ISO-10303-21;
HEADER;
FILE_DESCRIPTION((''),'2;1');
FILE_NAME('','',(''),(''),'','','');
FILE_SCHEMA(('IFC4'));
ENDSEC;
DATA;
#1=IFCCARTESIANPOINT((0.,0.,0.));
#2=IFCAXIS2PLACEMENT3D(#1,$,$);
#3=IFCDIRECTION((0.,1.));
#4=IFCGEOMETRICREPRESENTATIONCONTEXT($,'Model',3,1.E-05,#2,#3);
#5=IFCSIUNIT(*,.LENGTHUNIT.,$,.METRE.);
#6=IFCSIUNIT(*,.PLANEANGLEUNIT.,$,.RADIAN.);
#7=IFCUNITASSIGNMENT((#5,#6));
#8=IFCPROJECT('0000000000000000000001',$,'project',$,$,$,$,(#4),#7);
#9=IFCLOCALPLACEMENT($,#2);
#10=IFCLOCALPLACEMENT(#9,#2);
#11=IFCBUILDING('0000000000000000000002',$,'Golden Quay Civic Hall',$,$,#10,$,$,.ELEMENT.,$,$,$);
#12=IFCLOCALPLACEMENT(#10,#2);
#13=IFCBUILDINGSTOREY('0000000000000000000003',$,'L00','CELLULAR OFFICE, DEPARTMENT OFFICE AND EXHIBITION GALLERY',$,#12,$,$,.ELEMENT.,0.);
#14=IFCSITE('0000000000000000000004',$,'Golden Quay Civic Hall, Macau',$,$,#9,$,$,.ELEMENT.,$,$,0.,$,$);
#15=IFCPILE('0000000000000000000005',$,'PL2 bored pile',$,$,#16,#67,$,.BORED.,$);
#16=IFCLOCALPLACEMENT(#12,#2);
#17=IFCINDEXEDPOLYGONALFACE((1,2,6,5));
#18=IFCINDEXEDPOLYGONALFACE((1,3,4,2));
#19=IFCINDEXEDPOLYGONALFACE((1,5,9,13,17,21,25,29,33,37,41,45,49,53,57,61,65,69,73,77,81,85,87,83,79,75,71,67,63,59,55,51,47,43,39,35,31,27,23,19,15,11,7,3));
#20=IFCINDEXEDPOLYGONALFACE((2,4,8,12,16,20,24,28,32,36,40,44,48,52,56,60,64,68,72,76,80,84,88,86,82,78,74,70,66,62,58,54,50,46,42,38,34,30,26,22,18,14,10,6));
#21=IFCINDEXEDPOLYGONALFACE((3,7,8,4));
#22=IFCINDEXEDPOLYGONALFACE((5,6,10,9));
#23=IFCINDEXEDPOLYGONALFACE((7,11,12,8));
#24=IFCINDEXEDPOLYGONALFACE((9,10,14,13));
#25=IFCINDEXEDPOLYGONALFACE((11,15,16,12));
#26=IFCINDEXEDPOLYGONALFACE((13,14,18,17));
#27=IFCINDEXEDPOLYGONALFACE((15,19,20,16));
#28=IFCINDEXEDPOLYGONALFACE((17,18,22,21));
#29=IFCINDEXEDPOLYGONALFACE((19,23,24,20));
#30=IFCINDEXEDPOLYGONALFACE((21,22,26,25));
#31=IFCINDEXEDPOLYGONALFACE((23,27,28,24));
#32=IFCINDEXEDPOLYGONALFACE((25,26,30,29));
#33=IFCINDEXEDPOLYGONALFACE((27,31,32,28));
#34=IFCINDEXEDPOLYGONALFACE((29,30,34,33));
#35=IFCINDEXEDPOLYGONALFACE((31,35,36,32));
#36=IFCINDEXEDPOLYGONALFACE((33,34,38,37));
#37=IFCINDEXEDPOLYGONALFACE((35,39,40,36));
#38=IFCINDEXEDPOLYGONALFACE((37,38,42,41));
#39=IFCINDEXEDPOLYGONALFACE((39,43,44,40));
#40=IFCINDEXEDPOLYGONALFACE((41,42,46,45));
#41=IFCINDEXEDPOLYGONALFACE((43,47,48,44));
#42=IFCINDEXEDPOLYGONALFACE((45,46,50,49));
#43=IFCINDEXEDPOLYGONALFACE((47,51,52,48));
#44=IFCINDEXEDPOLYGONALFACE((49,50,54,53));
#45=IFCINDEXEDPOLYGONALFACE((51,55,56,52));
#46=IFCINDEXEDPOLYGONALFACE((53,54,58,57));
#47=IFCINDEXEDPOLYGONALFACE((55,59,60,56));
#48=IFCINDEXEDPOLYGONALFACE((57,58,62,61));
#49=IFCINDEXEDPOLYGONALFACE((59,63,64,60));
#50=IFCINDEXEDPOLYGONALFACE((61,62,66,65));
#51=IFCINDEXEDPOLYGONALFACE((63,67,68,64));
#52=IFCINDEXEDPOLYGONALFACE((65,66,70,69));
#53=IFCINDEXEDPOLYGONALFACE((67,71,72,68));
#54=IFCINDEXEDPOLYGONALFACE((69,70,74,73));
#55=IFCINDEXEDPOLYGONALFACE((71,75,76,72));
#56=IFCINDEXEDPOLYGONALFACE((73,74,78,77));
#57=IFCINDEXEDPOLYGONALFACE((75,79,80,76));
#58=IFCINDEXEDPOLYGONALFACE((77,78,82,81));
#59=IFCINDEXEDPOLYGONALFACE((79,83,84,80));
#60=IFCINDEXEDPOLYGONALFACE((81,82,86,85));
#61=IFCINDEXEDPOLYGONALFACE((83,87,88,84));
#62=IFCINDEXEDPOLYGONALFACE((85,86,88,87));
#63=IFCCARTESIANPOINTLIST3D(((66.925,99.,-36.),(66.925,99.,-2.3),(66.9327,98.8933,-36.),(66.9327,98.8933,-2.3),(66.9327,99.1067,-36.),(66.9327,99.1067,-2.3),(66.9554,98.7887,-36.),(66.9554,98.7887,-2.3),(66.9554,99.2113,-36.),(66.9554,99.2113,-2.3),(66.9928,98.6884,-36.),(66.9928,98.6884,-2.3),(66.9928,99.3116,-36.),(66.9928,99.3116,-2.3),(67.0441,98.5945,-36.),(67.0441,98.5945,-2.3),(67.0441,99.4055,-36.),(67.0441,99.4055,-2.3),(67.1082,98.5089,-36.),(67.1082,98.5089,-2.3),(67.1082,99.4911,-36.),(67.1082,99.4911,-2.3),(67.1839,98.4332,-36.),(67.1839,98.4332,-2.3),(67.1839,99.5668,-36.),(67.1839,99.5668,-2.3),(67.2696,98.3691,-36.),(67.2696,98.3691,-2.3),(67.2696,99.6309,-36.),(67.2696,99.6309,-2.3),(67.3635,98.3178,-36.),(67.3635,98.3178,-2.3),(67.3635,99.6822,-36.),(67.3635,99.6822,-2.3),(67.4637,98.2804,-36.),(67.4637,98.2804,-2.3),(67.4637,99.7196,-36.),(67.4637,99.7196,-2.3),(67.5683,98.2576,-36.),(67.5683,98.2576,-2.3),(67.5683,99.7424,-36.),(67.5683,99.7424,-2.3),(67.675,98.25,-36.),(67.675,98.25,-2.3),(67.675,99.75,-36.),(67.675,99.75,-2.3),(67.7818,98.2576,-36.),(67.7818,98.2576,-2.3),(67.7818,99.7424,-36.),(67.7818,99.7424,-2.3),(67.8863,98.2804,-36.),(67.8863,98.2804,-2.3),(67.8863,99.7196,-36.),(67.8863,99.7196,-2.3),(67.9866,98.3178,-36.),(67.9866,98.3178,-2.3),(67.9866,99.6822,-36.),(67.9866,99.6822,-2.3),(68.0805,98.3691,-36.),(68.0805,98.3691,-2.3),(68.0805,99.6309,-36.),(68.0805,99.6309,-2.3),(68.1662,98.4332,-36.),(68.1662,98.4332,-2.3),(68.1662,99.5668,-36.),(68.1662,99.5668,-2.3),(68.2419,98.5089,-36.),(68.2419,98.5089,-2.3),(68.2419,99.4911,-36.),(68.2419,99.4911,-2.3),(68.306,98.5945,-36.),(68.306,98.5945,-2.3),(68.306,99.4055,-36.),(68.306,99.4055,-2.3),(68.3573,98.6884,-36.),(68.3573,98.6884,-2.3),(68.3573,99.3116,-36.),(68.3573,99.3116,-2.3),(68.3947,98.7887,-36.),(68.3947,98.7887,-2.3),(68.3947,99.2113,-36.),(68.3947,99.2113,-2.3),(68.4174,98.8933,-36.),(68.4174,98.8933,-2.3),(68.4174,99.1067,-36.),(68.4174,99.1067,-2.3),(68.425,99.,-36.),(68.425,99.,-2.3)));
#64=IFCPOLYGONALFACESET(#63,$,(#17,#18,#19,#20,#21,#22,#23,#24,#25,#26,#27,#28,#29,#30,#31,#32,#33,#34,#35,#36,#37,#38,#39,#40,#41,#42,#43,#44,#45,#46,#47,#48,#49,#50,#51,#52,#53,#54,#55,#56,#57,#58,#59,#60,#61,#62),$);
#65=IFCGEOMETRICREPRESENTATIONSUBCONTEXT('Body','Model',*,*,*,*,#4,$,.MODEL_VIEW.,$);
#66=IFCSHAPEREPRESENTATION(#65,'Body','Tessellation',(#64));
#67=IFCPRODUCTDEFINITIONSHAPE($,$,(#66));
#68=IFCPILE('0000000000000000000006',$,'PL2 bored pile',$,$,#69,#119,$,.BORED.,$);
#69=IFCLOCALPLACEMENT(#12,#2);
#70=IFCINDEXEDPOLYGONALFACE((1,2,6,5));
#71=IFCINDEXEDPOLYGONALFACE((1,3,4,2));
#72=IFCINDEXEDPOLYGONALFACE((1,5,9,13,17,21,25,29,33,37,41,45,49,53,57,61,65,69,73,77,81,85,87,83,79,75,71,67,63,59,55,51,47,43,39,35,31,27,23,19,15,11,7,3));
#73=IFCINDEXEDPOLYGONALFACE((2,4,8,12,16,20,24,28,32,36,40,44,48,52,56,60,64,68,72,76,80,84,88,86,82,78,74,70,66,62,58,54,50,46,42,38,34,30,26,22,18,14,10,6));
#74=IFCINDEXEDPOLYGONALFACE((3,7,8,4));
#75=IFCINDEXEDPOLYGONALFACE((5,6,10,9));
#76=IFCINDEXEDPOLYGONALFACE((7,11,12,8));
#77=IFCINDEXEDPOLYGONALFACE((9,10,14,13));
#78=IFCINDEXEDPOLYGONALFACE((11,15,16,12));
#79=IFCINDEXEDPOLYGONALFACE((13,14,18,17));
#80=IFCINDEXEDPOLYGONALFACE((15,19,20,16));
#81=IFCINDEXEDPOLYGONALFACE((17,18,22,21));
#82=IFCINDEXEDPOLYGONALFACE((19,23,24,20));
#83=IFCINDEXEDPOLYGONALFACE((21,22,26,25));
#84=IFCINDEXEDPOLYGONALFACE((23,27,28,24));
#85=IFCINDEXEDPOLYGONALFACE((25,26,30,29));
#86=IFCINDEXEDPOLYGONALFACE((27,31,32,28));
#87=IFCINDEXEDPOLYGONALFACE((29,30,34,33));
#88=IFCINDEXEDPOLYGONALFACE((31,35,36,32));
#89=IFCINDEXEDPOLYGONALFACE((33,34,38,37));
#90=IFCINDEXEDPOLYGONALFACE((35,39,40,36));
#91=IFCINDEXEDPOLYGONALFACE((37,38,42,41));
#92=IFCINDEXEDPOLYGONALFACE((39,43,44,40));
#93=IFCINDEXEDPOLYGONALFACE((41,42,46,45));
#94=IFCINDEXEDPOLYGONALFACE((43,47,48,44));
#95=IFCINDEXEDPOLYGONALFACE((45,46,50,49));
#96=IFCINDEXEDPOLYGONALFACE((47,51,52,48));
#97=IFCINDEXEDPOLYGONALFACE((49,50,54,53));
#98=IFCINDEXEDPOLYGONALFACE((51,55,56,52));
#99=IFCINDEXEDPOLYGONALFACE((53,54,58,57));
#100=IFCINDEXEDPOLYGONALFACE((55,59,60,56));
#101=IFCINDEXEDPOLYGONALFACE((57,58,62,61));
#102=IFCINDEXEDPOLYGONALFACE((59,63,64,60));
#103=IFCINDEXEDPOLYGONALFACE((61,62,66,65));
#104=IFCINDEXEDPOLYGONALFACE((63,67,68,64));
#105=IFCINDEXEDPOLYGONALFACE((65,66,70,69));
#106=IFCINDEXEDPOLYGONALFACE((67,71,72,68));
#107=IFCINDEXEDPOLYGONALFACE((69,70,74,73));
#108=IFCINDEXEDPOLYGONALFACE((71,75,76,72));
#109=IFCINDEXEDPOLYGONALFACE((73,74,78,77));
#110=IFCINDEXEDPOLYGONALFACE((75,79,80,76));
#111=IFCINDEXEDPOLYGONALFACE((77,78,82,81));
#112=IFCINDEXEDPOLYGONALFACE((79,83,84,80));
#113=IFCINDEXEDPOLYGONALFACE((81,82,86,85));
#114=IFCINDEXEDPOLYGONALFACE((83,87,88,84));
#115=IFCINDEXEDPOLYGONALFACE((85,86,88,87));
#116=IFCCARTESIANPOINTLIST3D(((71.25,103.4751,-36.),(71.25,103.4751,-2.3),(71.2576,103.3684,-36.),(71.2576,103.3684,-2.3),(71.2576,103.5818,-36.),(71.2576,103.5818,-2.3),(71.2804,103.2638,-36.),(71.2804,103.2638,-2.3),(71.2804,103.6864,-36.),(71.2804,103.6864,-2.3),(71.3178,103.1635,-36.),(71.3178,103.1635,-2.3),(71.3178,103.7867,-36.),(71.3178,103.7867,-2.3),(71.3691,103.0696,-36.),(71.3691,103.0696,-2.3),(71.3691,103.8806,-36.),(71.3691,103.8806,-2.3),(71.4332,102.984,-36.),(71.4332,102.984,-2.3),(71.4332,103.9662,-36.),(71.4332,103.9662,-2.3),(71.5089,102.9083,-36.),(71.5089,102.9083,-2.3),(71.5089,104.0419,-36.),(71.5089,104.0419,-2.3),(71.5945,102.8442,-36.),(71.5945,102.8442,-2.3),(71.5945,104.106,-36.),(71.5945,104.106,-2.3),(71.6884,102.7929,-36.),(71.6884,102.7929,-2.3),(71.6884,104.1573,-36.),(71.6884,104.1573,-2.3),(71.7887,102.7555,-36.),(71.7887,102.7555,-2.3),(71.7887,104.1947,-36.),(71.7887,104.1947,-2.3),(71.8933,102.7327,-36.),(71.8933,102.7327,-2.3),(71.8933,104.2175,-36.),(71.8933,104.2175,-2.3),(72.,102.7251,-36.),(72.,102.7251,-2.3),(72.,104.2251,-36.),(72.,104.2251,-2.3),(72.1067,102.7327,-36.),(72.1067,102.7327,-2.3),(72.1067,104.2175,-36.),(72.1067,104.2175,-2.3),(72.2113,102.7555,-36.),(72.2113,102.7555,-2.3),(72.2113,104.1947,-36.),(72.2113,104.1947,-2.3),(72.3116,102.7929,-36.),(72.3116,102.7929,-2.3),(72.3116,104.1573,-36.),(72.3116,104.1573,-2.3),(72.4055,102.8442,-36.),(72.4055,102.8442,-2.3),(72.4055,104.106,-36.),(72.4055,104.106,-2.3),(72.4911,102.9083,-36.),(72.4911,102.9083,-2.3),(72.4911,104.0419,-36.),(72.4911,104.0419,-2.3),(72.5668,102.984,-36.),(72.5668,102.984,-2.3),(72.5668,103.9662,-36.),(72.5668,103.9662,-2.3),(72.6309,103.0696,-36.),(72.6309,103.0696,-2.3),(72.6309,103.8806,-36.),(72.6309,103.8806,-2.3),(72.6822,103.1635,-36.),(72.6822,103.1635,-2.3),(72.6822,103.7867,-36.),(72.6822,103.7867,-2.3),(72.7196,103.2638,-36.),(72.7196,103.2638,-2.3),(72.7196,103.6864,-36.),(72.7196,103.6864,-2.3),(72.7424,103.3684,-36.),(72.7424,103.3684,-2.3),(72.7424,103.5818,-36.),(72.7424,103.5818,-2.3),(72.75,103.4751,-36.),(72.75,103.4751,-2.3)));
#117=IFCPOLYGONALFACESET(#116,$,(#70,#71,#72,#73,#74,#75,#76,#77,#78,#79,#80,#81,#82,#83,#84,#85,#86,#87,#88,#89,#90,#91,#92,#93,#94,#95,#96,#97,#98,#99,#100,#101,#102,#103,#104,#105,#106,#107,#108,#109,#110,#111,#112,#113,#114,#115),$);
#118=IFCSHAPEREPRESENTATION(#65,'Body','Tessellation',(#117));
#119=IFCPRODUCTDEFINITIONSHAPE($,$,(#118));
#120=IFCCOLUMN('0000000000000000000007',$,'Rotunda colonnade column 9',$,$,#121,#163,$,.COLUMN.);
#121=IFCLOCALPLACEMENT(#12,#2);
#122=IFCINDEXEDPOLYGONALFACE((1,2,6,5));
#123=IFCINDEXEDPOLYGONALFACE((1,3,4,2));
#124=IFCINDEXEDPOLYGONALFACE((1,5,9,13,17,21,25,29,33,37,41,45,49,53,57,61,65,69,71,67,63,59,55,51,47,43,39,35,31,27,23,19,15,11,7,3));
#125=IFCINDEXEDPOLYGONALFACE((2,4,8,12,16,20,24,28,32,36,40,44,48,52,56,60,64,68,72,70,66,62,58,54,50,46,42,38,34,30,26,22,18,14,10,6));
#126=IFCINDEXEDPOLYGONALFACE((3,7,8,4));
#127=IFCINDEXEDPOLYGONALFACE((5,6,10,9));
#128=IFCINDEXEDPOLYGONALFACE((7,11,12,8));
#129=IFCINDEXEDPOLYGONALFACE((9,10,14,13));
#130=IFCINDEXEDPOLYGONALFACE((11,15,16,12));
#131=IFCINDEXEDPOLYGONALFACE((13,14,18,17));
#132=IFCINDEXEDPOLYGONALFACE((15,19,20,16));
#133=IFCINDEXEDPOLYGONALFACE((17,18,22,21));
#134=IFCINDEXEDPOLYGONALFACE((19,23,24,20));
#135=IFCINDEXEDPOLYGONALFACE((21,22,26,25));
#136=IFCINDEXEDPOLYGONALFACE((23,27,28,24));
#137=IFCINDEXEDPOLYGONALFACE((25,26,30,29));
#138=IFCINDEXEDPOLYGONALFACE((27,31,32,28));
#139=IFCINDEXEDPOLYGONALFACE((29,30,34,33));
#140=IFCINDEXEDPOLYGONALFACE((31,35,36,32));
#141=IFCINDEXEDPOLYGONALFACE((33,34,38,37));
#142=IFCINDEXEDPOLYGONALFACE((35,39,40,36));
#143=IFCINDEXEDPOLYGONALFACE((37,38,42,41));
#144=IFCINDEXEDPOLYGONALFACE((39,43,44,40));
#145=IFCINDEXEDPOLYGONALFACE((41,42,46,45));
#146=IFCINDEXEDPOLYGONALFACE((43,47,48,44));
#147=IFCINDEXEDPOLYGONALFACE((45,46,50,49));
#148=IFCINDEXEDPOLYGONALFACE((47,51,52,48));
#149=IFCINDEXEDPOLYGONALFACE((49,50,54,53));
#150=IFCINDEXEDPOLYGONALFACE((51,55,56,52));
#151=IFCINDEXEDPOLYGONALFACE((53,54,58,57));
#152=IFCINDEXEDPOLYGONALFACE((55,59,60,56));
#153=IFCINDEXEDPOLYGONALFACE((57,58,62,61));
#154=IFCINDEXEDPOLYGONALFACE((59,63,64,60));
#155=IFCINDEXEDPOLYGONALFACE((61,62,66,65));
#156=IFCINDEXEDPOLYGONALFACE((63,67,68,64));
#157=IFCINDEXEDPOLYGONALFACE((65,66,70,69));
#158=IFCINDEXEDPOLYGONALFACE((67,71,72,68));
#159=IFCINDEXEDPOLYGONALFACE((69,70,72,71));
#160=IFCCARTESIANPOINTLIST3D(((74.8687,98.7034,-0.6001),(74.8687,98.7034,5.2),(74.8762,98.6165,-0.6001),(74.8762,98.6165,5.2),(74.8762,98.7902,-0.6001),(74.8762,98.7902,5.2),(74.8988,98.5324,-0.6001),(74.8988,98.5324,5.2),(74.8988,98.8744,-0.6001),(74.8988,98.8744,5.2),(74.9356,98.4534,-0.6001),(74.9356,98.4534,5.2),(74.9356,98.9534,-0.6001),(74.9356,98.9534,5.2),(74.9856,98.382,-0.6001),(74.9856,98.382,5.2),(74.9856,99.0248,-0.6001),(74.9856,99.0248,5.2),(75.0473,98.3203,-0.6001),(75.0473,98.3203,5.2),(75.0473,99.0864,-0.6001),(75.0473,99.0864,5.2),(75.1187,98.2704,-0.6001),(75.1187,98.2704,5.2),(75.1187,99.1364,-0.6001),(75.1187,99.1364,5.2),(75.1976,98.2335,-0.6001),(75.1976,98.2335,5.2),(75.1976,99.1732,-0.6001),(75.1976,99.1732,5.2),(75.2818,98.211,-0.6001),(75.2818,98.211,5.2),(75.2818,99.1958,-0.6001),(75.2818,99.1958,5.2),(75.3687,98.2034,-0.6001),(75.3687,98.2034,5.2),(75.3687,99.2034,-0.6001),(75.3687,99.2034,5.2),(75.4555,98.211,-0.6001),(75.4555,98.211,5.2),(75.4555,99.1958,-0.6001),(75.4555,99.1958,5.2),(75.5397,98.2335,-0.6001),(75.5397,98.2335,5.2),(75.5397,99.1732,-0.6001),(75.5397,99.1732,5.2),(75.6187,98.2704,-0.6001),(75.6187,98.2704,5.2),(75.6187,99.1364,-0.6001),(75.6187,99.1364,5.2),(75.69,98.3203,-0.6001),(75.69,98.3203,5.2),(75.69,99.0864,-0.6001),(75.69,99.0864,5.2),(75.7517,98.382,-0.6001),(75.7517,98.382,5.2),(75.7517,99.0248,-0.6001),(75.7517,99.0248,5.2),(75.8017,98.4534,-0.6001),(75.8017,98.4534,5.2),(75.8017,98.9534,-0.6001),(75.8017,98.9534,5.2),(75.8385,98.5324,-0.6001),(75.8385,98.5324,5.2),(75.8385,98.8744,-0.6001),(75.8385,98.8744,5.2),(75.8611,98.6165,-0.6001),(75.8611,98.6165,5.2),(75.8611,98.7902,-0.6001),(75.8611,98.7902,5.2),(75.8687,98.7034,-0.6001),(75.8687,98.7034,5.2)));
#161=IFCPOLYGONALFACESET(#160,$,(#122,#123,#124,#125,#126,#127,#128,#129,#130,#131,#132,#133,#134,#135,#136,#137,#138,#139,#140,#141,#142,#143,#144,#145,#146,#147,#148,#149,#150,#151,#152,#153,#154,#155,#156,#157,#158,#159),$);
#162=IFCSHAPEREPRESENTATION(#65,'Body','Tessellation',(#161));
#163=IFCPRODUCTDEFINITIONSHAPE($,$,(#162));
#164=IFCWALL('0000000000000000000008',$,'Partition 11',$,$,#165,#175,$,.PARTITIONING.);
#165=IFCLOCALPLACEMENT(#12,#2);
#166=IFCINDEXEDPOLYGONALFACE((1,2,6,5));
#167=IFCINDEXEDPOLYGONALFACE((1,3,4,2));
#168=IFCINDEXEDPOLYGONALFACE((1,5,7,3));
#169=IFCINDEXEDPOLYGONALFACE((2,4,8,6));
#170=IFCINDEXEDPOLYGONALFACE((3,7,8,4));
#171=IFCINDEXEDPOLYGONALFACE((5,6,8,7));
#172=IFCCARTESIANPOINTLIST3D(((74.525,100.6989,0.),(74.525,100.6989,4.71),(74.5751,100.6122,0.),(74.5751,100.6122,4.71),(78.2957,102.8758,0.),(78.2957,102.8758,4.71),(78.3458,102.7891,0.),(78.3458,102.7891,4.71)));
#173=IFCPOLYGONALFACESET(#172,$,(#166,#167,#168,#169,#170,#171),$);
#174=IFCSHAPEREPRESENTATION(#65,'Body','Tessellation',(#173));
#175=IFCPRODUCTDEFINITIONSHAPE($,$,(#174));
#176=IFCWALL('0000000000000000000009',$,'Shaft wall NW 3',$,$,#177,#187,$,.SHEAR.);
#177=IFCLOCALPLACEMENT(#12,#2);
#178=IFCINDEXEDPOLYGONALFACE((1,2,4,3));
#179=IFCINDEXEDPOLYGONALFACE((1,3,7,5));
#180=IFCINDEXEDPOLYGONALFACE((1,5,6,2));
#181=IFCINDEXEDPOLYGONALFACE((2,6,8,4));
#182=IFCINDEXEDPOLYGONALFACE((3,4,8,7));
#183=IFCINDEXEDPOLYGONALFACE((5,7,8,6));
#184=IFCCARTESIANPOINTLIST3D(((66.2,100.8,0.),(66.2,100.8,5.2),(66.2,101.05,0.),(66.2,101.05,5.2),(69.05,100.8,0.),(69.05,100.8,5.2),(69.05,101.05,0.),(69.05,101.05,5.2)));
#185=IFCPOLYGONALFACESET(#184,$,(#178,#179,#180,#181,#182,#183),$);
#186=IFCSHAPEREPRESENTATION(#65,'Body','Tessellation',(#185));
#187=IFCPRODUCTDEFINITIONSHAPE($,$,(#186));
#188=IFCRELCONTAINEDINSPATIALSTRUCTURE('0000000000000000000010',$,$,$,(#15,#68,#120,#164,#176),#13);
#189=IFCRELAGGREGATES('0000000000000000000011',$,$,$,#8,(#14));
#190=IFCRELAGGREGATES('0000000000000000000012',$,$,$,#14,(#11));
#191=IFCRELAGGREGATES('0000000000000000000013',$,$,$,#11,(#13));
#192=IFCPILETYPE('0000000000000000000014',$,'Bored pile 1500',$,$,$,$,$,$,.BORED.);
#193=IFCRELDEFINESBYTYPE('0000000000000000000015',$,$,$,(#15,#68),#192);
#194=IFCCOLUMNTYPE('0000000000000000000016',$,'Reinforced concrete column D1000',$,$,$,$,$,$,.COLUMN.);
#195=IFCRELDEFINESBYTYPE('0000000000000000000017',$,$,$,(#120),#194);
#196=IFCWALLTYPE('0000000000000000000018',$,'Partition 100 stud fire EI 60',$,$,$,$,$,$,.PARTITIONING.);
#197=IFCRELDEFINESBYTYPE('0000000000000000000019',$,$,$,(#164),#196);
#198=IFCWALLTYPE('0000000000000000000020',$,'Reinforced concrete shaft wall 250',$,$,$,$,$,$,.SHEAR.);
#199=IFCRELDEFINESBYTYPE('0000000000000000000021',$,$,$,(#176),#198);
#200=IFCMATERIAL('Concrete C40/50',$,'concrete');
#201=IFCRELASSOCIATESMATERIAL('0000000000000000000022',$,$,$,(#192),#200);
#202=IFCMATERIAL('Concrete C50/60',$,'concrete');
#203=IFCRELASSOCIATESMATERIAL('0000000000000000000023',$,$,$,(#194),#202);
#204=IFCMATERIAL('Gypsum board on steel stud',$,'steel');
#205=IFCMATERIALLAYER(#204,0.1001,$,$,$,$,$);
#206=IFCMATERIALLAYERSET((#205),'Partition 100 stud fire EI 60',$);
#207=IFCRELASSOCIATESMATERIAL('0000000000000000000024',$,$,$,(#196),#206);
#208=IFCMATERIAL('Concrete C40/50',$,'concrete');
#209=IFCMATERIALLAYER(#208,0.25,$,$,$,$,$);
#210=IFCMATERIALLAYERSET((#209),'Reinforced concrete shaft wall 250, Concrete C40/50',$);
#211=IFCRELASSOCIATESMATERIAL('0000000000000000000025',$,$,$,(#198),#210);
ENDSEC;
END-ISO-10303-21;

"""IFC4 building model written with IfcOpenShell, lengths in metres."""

from ifc_helpers import new_model, si_unit, direction, frame, frame_2d, origin, origin_2d, place, context, subcontext, project, spatial, rectangle, circle, extrude, material, layer, layer_set, material_profile, profile_set, type_object, element, save


model = new_model("IFC4")

# Units and contexts
model_context = context("Model", 3, precision=1e-05, world=origin(), true_north=direction((0.0, 1.0)))
body_context = subcontext(model_context, "Body", "Model", "MODEL_VIEW")
ifc_project = project(units=[si_unit("LENGTHUNIT", "METRE"), si_unit("PLANEANGLEUNIT", "RADIAN")], contexts=[model_context])

# Site, building, storey
site_placement = place(None, origin())
site = spatial("IfcSite", under=ifc_project, at=site_placement, Name="Golden Quay Civic Hall, Macau", CompositionType="ELEMENT", RefElevation=0.0)
building_placement = place(site_placement, origin())
building = spatial("IfcBuilding", under=site, at=building_placement, Name="Golden Quay Civic Hall", CompositionType="ELEMENT")
storey_placement = place(building_placement, origin())
storey = spatial("IfcBuildingStorey", under=building, at=storey_placement, Name="L00", Description="CELLULAR OFFICE, DEPARTMENT OFFICE AND EXHIBITION GALLERY", CompositionType="ELEMENT", Elevation=0.0)

# Piles
ifc_material_1 = material(Name="Concrete C40/50", Category="concrete")
ifc_material_profile_1 = material_profile(ifc_material_1, circle(Radius=0.75, at=origin_2d()), Name="RC D1500")
ifc_profile_set_1 = profile_set([ifc_material_profile_1], Name="Concrete C40/50")
pile_type = type_object("IfcPileType", Name="Bored pile 1500", PredefinedType="BORED", material=ifc_profile_set_1)
for number, where, z_axis, x_axis, name in (
    (1, (67.675, 99.0, -2.3), (0.0, 0.0, -1.0), (1.0, 0.0, 0.0), "PL2 bored pile"),
    (2, (72.0, 103.4751, -2.3), (0.0, 0.0, -1.0), (1.0, 0.0, 0.0), "PL2 bored pile"),
):
    element("IfcPile", number, at=place(storey_placement, frame(where, z_axis=z_axis, x_axis=x_axis)), inside=storey, type_object=pile_type, Name=name, PredefinedType="BORED", context=body_context, shape_type="SweptSolid", body=[
        extrude(circle(Radius=0.75, at=origin_2d()), origin(), (0.0, 0.0, 1.0), 33.7),
    ])

# Column
ifc_material_2 = material(Name="Concrete C50/60", Category="concrete")
ifc_material_profile_2 = material_profile(ifc_material_2, circle(Radius=0.5, at=origin_2d()), Name="RC D1000")
ifc_profile_set_2 = profile_set([ifc_material_profile_2], Name="Concrete C50/60")
column_type = type_object("IfcColumnType", Name="Reinforced concrete column D1000", PredefinedType="COLUMN", material=ifc_profile_set_2)
column_placement = place(storey_placement, frame((75.3687, 98.7034, -0.6001), z_axis=(0.0, 0.0, 1.0), x_axis=(1.0, 0.0, 0.0)))
element("IfcColumn", 3, at=column_placement, inside=storey, type_object=column_type, Name="Rotunda colonnade column 9", PredefinedType="COLUMN", context=body_context, shape_type="SweptSolid", body=[
    extrude(circle(Radius=0.5, at=origin_2d()), origin(), (0.0, 0.0, 1.0), 5.8),
])

# Walls
ifc_material_3 = material(Name="Gypsum board on steel stud", Category="steel")
ifc_layer_1 = layer(ifc_material_3, 0.1001)
ifc_layer_set_1 = layer_set([ifc_layer_1], Name="Partition 100 stud fire EI 60")
wall_type_1 = type_object("IfcWallType", Name="Partition 100 stud fire EI 60", PredefinedType="PARTITIONING", material=ifc_layer_set_1)
wall_1_placement = place(storey_placement, frame((74.55, 100.6555, 0.0), z_axis=(0.0, 0.0, 1.0), x_axis=(0.86603, 0.499993, 0.0)))
element("IfcWall", 4, at=wall_1_placement, inside=storey, type_object=wall_type_1, Name="Partition 11", PredefinedType="PARTITIONING", context=body_context, shape_type="SweptSolid", body=[
    extrude(rectangle(XDim=4.354, YDim=0.1001, at=frame_2d((2.177, 0.0))), origin(), (0.0, 0.0, 1.0), 4.71),
])
ifc_material_4 = material(Name="Concrete C40/50", Category="concrete")
ifc_layer_2 = layer(ifc_material_4, 0.25)
ifc_layer_set_2 = layer_set([ifc_layer_2], Name="Reinforced concrete shaft wall 250, Concrete C40/50")
wall_type_2 = type_object("IfcWallType", Name="Reinforced concrete shaft wall 250", PredefinedType="SHEAR", material=ifc_layer_set_2)
wall_2_placement = place(storey_placement, frame((66.2, 100.925, 0.0), z_axis=(0.0, 0.0, 1.0), x_axis=(1.0, 0.0, 0.0)))
element("IfcWall", 5, at=wall_2_placement, inside=storey, type_object=wall_type_2, Name="Shaft wall NW 3", PredefinedType="SHEAR", context=body_context, shape_type="SweptSolid", body=[
    extrude(rectangle(XDim=2.8501, YDim=0.25, at=frame_2d((1.425, 0.0))), origin(), (0.0, 0.0, 1.0), 5.2),
])

save(model, "model.ifc")
